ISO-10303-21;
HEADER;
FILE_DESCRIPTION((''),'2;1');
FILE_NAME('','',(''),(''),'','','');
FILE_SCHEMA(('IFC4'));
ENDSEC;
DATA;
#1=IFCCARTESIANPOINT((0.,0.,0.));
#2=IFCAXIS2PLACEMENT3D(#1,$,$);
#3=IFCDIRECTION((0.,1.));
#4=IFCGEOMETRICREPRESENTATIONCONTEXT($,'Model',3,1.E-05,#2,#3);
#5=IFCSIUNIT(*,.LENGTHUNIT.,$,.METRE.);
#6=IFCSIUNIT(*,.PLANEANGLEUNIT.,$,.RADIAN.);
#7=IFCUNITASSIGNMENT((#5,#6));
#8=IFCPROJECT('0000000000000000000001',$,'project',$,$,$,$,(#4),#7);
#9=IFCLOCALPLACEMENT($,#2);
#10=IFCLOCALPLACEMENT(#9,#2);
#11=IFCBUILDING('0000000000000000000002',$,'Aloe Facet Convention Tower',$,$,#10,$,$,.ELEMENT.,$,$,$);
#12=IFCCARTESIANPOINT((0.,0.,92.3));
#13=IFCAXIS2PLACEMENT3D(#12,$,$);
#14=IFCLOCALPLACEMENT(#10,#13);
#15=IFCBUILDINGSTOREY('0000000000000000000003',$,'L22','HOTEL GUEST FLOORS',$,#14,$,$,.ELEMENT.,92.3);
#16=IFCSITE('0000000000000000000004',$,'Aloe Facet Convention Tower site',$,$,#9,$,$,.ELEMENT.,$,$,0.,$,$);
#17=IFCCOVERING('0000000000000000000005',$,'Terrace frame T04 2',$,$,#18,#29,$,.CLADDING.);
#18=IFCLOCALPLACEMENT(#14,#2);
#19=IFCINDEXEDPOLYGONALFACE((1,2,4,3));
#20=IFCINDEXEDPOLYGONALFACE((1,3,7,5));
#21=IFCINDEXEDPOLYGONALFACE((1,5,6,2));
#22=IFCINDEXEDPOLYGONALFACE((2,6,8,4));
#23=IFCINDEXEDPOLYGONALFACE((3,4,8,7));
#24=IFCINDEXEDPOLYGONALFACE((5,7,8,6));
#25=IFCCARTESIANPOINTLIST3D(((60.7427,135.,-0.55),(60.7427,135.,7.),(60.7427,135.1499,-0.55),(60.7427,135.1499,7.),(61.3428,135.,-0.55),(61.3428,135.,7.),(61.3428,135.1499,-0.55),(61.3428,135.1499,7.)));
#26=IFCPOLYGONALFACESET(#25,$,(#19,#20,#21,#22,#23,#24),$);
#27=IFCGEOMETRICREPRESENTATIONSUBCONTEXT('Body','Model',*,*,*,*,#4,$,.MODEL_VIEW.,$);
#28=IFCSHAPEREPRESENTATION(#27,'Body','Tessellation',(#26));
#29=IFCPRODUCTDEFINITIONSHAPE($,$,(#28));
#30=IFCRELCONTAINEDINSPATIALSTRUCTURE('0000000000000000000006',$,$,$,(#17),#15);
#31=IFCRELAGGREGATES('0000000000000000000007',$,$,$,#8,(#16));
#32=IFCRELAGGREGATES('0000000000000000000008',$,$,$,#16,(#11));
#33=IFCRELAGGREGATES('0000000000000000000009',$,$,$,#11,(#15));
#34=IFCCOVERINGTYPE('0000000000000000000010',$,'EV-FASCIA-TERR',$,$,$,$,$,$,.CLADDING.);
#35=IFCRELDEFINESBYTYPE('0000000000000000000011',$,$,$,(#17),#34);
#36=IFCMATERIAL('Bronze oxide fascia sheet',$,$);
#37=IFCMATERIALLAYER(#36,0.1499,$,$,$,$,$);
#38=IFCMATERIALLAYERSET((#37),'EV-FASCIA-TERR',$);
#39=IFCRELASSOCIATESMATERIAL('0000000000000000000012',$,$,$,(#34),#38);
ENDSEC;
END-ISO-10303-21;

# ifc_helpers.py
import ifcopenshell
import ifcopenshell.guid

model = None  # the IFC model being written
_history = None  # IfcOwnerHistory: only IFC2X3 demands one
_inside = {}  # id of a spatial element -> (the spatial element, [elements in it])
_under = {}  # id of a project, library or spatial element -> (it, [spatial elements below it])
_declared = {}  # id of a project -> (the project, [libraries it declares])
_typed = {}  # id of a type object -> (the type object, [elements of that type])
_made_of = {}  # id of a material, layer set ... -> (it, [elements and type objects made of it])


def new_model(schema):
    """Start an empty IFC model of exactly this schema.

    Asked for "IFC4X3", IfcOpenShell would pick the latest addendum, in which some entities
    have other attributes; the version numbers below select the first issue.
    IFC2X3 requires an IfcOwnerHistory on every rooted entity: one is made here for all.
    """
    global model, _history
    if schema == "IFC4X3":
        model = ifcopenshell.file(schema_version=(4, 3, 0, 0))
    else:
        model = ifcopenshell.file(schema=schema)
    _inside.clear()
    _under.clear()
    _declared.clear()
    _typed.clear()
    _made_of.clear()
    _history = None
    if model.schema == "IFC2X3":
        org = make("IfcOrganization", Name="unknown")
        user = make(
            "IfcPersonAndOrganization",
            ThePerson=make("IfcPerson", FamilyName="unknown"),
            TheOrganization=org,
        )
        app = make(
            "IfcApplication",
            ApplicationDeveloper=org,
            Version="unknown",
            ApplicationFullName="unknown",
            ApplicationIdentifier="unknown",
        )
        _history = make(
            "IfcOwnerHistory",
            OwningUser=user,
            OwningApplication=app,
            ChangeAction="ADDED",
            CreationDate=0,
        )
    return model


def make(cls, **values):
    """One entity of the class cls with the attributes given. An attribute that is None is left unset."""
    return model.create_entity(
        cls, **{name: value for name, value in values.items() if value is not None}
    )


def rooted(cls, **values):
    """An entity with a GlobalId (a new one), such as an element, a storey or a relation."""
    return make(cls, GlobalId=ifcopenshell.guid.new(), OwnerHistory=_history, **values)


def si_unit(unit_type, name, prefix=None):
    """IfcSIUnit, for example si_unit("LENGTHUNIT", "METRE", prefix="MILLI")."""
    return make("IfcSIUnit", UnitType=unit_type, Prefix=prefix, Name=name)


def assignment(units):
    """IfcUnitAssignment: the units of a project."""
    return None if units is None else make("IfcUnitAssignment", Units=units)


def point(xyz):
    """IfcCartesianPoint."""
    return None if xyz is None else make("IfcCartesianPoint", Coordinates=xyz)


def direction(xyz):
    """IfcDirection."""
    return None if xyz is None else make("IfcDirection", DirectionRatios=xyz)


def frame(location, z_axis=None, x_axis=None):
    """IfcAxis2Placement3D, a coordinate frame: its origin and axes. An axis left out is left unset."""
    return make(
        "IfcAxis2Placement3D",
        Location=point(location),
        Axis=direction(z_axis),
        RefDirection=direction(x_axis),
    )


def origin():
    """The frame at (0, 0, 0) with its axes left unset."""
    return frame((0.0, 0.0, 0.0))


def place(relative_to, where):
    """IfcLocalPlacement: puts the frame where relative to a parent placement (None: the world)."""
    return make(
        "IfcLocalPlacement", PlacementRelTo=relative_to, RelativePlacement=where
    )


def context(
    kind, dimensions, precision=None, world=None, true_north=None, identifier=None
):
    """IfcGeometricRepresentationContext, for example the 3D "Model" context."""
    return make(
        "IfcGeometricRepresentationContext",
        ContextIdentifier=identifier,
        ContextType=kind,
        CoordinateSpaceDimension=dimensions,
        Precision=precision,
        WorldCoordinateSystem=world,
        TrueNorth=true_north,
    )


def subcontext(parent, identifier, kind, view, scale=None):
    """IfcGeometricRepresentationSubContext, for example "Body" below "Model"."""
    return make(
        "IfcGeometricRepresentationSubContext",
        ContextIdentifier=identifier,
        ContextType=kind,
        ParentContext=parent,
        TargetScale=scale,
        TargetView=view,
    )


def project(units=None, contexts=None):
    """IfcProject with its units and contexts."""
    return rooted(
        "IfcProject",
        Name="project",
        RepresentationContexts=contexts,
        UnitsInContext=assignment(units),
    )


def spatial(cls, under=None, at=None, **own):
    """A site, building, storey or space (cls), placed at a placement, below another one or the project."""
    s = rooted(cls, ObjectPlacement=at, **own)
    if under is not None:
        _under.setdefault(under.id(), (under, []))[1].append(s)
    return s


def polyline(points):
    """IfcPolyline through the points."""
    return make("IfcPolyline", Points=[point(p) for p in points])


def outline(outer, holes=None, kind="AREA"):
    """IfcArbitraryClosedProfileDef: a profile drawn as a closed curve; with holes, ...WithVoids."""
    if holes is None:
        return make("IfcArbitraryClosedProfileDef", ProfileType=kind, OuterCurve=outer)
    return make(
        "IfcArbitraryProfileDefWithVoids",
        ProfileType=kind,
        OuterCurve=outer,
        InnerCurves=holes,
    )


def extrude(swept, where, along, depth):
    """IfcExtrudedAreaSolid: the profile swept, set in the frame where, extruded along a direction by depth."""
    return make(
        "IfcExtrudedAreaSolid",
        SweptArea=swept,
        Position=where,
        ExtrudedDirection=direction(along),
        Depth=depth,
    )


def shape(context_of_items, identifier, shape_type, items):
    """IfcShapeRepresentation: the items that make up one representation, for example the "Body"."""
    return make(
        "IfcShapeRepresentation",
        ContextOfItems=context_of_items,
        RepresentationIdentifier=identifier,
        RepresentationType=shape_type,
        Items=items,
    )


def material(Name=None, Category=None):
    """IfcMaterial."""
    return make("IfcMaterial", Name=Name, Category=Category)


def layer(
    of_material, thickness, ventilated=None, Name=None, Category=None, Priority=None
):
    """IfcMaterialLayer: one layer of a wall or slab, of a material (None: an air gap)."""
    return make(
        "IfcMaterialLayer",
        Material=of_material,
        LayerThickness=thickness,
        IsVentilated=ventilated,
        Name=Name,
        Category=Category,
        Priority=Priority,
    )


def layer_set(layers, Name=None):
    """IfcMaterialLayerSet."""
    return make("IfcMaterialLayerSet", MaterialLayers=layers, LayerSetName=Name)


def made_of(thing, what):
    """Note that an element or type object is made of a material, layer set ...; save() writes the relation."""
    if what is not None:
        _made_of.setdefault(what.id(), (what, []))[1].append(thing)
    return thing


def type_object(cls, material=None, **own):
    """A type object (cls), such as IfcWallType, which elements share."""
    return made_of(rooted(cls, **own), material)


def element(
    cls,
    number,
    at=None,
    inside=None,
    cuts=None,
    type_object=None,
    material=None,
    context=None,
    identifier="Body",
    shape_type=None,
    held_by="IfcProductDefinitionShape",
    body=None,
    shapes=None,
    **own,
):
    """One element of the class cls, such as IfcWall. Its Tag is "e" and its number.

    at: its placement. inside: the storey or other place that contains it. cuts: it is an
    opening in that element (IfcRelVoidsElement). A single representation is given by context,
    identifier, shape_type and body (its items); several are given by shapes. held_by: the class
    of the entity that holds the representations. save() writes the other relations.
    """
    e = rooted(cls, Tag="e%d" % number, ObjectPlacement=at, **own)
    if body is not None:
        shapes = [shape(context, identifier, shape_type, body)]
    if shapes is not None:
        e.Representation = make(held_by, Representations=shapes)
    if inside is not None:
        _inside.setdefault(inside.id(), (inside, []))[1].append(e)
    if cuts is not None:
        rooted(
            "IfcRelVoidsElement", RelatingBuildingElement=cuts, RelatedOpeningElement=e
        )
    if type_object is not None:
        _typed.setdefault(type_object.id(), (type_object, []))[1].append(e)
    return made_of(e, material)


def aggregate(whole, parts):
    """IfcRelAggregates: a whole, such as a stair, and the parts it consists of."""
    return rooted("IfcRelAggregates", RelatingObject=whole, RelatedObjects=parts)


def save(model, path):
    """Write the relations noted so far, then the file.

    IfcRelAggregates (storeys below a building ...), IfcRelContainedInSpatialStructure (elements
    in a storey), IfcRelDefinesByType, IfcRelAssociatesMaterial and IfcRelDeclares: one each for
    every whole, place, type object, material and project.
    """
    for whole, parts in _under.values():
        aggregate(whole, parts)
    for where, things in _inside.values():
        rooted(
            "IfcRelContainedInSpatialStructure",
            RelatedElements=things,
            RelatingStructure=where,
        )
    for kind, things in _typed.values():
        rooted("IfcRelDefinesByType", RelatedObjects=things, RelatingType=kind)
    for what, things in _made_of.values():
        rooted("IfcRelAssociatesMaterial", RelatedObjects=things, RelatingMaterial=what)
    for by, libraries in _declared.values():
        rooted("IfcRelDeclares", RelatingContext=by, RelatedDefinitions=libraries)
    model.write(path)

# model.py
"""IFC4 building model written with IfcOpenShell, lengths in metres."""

from ifc_helpers import new_model, si_unit, direction, frame, origin, place, context, subcontext, project, spatial, polyline, outline, extrude, material, layer, layer_set, type_object, element, save


model = new_model("IFC4")

# Units and contexts
model_context = context("Model", 3, precision=1e-05, world=origin(), true_north=direction((0.0, 1.0)))
body_context = subcontext(model_context, "Body", "Model", "MODEL_VIEW")
ifc_project = project(units=[si_unit("LENGTHUNIT", "METRE"), si_unit("PLANEANGLEUNIT", "RADIAN")], contexts=[model_context])

# Site, building, storey
site_placement = place(None, origin())
site = spatial("IfcSite", under=ifc_project, at=site_placement, Name="Aloe Facet Convention Tower site", CompositionType="ELEMENT", RefElevation=0.0)
building_placement = place(site_placement, origin())
building = spatial("IfcBuilding", under=site, at=building_placement, Name="Aloe Facet Convention Tower", CompositionType="ELEMENT")
storey_placement = place(building_placement, frame((0.0, 0.0, 92.3)))
storey = spatial("IfcBuildingStorey", under=building, at=storey_placement, Name="L22", Description="HOTEL GUEST FLOORS", CompositionType="ELEMENT", Elevation=92.3)

# Covering
ifc_material_1 = material(Name="Bronze oxide fascia sheet")
ifc_layer_1 = layer(ifc_material_1, 0.1499)
ifc_layer_set_1 = layer_set([ifc_layer_1], Name="EV-FASCIA-TERR")
covering_type = type_object("IfcCoveringType", Name="EV-FASCIA-TERR", PredefinedType="CLADDING", material=ifc_layer_set_1)
covering_1_placement = place(storey_placement, frame((0.0, 0.0, -0.55)))
element("IfcCovering", 1, at=covering_1_placement, inside=storey, type_object=covering_type, Name="Terrace frame T04 2", PredefinedType="CLADDING", context=body_context, shape_type="SweptSolid", body=[
    extrude(outline(polyline([(61.3428, 135.1499), (60.7427, 135.1499), (60.7427, 135.0), (61.3428, 135.0), (61.3428, 135.1499)])), origin(), (0.0, 0.0, 1.0), 7.55),
])

save(model, "model.ifc")
